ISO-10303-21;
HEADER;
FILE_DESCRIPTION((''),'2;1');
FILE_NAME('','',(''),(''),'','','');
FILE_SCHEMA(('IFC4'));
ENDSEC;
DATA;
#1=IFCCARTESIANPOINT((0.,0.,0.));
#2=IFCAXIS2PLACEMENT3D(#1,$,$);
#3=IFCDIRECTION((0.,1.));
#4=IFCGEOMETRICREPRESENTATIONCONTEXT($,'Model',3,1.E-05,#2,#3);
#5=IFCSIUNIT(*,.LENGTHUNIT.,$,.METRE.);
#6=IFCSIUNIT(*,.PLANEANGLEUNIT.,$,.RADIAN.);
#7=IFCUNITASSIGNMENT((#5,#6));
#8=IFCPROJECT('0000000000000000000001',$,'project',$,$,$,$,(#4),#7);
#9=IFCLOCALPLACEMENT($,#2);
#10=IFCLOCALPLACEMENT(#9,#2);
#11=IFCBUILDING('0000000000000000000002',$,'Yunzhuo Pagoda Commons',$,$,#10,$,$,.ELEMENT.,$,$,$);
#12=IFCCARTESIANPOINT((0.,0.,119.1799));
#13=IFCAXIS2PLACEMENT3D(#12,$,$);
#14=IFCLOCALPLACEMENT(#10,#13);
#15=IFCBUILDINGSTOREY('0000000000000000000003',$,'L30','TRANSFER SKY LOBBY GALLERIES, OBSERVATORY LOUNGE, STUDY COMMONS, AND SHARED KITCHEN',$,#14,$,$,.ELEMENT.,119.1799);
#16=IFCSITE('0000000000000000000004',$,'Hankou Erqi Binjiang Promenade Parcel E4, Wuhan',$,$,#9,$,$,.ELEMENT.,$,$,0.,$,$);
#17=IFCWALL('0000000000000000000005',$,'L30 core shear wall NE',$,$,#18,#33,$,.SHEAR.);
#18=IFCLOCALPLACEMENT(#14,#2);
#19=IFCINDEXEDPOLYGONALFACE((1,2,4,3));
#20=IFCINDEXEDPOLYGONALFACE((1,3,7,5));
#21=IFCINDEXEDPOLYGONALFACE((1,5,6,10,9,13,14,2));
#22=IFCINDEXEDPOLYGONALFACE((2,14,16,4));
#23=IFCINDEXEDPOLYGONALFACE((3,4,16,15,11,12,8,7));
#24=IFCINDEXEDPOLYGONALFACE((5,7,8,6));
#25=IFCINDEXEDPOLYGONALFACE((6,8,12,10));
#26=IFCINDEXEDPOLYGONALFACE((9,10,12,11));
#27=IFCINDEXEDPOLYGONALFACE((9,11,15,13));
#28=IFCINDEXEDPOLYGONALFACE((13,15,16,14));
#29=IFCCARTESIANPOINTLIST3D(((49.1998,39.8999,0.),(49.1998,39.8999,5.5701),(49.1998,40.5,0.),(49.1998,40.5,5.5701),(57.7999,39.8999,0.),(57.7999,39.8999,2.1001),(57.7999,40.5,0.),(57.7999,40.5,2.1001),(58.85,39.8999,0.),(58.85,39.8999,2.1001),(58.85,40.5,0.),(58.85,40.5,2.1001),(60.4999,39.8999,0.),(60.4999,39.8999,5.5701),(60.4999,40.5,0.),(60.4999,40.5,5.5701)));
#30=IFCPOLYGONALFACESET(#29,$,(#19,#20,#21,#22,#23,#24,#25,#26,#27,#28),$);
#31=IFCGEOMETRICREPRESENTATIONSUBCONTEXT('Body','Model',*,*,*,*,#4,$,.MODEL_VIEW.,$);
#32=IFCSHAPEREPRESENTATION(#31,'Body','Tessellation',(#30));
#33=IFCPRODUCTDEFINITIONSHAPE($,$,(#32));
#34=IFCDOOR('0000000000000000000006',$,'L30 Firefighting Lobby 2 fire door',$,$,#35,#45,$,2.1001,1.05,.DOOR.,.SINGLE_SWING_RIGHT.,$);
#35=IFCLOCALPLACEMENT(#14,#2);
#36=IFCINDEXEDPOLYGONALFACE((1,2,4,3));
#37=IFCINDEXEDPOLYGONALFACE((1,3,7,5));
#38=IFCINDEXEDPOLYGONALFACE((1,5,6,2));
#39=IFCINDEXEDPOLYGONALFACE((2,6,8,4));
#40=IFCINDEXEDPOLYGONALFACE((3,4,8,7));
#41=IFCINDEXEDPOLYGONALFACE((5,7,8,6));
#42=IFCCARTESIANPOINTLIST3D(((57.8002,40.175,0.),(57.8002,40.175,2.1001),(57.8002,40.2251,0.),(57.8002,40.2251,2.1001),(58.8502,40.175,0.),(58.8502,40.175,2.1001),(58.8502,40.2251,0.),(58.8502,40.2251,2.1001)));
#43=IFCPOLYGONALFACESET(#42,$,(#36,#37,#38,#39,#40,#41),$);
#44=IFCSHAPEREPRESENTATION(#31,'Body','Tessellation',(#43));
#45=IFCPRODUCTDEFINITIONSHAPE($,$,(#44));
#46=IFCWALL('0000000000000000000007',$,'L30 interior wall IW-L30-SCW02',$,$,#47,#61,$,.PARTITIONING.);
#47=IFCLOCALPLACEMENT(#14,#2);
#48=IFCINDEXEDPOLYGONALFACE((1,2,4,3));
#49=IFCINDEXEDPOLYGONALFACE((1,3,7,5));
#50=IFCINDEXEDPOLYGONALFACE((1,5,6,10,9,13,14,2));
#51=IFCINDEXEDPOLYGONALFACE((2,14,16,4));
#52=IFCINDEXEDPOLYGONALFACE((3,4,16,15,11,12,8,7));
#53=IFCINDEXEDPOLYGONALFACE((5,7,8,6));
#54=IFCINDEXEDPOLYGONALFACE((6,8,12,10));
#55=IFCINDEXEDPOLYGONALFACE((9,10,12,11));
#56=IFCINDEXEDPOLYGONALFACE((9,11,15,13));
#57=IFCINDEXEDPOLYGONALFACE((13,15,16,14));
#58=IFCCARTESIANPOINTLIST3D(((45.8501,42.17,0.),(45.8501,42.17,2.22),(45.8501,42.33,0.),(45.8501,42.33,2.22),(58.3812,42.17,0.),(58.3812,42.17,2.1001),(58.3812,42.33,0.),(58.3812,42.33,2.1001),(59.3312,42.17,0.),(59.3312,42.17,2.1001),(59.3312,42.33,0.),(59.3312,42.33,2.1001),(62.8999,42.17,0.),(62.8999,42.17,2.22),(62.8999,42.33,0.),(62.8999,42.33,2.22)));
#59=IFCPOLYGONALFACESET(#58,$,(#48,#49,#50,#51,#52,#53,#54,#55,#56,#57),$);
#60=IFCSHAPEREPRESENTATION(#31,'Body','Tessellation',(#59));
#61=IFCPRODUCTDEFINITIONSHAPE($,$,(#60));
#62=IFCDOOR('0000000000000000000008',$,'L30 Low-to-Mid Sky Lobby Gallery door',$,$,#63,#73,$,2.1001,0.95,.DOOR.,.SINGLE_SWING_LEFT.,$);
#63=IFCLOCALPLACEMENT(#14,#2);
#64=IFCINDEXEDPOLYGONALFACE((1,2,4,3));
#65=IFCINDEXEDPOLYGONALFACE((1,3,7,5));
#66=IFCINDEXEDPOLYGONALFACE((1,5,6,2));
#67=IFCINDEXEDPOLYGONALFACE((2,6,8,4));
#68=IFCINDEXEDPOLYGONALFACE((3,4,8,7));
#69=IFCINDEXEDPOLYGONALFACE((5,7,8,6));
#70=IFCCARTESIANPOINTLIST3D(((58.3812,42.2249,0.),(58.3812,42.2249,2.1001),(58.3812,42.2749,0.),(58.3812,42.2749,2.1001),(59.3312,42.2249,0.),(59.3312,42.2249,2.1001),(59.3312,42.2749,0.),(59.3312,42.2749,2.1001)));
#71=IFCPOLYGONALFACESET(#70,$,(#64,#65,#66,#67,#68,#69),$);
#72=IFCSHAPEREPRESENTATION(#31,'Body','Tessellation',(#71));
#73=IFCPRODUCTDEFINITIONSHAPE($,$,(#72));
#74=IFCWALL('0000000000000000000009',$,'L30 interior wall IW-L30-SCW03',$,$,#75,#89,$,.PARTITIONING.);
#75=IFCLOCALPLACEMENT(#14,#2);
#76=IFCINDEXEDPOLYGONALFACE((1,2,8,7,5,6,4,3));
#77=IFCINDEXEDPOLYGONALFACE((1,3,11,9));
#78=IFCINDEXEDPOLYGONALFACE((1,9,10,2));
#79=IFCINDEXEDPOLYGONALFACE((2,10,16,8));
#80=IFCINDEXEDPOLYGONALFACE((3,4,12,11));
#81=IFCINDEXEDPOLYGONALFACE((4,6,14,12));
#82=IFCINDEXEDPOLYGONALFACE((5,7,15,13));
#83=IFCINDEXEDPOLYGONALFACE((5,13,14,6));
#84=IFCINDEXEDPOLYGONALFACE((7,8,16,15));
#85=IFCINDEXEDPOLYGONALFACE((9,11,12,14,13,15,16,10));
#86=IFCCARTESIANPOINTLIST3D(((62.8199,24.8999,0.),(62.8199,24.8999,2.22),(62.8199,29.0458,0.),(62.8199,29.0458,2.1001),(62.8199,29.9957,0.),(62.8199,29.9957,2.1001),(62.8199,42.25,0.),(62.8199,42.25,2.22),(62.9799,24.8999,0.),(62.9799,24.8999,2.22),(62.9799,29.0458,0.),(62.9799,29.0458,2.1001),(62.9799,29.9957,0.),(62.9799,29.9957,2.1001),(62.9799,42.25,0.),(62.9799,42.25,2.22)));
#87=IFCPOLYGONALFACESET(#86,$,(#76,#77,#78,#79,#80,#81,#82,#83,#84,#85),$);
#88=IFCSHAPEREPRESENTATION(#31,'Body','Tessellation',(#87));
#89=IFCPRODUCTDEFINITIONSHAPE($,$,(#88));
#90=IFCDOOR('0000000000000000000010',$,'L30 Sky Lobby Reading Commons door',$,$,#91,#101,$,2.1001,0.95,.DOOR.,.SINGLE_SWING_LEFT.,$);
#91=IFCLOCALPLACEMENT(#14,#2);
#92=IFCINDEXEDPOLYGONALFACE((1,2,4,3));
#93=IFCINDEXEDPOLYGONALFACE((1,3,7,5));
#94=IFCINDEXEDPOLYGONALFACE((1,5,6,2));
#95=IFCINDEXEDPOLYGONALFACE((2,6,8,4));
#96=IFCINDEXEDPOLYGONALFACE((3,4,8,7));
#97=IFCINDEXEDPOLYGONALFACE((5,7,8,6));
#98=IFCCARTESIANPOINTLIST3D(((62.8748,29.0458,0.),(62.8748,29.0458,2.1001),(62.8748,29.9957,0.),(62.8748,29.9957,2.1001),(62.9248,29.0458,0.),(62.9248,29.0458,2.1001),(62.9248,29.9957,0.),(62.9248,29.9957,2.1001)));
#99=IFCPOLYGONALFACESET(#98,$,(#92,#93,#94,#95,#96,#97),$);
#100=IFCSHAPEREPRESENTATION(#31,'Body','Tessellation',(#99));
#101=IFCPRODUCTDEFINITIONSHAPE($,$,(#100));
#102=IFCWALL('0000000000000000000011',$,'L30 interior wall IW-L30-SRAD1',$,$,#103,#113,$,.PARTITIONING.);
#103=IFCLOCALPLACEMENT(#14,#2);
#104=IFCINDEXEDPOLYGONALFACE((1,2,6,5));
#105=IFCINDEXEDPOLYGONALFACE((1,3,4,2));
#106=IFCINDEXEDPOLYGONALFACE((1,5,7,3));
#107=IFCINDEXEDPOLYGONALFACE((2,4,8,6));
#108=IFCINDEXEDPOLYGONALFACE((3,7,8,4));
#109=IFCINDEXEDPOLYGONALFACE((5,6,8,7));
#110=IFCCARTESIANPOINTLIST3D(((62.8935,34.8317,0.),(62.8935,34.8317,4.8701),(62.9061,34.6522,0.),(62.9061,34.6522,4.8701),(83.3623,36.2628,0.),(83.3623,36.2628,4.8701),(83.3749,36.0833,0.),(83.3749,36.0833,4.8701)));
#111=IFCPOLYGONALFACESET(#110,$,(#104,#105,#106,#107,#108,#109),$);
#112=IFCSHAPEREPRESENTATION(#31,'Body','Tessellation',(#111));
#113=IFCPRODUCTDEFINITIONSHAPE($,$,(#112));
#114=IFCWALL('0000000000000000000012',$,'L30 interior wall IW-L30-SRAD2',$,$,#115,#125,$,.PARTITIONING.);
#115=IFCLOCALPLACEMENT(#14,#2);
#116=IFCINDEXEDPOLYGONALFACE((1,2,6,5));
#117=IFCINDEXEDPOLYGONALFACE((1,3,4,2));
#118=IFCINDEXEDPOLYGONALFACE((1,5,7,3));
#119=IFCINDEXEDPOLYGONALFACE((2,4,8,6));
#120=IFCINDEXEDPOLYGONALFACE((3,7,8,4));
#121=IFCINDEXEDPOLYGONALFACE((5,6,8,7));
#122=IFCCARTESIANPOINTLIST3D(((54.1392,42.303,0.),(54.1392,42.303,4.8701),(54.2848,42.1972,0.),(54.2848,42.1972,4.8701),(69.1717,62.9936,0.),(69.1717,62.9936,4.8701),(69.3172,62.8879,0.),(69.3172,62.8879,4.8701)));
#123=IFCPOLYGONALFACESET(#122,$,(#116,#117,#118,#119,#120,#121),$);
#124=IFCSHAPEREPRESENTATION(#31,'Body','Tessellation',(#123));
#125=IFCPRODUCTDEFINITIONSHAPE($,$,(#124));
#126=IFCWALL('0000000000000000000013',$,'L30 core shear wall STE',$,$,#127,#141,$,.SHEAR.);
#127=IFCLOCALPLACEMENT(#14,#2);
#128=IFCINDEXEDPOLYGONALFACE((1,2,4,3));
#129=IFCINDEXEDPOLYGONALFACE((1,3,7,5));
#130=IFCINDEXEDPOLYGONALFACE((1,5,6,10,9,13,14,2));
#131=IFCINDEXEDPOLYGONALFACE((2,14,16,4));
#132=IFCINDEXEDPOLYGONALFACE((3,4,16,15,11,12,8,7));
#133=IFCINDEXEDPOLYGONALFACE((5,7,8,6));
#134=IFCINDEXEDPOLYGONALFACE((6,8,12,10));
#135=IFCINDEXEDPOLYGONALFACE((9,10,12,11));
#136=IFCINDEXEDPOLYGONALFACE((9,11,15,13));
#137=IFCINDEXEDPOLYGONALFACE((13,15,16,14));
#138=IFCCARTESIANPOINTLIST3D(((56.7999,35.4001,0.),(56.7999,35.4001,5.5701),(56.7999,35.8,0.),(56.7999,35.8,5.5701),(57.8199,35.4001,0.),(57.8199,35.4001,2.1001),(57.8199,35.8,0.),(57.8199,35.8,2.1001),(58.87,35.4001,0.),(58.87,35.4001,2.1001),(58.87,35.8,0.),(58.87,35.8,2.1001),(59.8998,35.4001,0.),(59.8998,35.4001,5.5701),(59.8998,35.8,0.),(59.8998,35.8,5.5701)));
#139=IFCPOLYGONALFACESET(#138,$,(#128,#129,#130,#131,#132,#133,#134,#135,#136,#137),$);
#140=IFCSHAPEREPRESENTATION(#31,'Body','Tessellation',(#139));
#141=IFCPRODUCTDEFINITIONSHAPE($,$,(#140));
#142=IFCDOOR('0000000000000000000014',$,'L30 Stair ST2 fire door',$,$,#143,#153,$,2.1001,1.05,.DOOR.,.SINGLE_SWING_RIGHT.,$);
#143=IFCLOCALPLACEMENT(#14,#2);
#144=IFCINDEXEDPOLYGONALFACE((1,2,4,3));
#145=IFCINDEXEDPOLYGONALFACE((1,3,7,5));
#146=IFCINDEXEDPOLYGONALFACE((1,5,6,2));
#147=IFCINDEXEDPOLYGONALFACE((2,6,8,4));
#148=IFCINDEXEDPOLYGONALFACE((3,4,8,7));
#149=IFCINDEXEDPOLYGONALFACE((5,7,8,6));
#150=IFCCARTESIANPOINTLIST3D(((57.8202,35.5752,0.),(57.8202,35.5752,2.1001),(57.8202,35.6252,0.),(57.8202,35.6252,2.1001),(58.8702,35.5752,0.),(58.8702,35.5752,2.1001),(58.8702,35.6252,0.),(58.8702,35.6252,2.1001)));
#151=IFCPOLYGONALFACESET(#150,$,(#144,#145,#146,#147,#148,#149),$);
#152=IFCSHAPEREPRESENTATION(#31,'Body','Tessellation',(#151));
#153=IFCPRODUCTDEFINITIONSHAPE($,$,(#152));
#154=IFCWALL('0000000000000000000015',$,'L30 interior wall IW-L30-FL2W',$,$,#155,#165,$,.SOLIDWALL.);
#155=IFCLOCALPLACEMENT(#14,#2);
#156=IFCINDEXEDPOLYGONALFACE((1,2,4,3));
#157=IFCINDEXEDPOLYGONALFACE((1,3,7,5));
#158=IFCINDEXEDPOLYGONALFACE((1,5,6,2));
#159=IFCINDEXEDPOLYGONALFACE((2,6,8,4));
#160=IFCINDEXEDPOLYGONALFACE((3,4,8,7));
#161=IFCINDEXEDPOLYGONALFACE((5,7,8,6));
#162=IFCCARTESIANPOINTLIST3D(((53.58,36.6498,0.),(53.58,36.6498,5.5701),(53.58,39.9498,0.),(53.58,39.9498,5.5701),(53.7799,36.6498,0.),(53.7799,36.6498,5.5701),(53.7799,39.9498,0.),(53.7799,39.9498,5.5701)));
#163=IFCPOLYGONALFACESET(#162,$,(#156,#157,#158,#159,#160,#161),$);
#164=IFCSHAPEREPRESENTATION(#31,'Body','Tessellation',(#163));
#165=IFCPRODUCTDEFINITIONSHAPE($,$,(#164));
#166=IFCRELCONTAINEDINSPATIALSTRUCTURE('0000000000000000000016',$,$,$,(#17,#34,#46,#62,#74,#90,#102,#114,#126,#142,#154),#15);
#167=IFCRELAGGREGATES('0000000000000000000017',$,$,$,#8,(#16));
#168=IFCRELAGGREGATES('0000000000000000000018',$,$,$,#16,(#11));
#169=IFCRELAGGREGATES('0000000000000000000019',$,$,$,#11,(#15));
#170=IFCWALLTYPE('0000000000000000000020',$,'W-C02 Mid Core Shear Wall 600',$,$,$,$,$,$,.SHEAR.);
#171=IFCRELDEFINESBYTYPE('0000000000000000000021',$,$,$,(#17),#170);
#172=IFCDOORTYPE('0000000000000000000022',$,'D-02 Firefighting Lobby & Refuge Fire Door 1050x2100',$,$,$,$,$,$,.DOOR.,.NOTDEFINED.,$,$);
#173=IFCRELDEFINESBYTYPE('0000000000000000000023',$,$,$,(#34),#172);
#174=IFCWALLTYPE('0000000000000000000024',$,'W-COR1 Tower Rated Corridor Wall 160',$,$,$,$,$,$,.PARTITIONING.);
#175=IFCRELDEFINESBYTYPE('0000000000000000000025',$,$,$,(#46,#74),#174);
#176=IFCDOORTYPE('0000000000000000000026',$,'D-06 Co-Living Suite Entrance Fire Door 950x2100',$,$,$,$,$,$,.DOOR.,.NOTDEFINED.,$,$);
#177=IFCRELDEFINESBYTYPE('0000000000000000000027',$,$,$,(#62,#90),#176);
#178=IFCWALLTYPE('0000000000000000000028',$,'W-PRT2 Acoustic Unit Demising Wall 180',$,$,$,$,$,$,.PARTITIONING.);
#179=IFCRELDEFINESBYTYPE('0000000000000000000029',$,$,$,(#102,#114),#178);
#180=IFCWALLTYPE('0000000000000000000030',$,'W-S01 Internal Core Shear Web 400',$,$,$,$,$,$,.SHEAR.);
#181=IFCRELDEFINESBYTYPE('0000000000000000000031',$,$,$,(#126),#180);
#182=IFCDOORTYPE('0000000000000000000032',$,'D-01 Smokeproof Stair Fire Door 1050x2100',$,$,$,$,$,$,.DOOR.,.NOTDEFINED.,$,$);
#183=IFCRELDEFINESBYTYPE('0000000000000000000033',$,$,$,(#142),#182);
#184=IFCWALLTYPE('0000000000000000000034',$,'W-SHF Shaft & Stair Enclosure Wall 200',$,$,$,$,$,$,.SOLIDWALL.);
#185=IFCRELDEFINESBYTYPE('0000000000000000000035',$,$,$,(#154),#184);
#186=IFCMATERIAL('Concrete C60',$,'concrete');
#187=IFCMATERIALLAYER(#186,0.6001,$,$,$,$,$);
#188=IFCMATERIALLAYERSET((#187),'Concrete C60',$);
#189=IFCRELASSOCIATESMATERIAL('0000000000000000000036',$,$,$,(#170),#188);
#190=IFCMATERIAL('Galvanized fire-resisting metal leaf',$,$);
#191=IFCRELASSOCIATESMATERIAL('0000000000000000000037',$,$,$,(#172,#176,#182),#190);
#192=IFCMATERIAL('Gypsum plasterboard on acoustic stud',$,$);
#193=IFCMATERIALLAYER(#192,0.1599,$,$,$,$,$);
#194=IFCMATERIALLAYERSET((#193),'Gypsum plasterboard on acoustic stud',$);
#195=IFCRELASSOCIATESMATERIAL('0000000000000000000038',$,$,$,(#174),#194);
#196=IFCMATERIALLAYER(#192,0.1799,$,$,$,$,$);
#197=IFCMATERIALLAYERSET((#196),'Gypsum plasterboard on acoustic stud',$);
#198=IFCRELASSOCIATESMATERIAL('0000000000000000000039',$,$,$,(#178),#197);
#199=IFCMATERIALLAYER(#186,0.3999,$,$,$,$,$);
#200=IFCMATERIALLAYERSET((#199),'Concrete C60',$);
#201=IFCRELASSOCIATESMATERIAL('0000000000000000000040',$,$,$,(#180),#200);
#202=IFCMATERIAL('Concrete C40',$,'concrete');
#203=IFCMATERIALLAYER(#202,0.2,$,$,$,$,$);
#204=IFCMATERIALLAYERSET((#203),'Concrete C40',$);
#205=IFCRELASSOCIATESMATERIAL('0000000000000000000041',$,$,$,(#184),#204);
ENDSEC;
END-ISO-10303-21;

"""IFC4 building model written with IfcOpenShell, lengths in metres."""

from ifc_helpers import new_model, si_unit, direction, frame, frame_2d, origin, origin_with_axes, place, context, subcontext, project, spatial, rectangle, extrude, source, transform, mapped, material, layer, layer_set, type_object, element, fill, save


model = new_model("IFC4")

# Units and contexts
model_context = context("Model", 3, precision=1e-05, world=origin(), true_north=direction((0.0, 1.0)))
body_context = subcontext(model_context, "Body", "Model", "MODEL_VIEW")
ifc_project = project(units=[si_unit("LENGTHUNIT", "METRE"), si_unit("PLANEANGLEUNIT", "RADIAN")], contexts=[model_context])

# Site, building, storey
site_placement = place(None, origin())
site = spatial("IfcSite", under=ifc_project, at=site_placement, Name="Hankou Erqi Binjiang Promenade Parcel E4, Wuhan", CompositionType="ELEMENT", RefElevation=0.0)
building_placement = place(site_placement, origin())
building = spatial("IfcBuilding", under=site, at=building_placement, Name="Yunzhuo Pagoda Commons", CompositionType="ELEMENT")
storey_placement = place(building_placement, frame((0.0, 0.0, 119.1799)))
storey = spatial("IfcBuildingStorey", under=building, at=storey_placement, Name="L30", Description="TRANSFER SKY LOBBY GALLERIES, OBSERVATORY LOUNGE, STUDY COMMONS, AND SHARED KITCHEN", CompositionType="ELEMENT", Elevation=119.1799)

# Walls, openings, doors
ifc_material_1 = material(Name="Concrete C60", Category="concrete")
ifc_layer_1 = layer(ifc_material_1, 0.6001)
ifc_layer_set_1 = layer_set([ifc_layer_1], Name="Concrete C60")
wall_type_1 = type_object("IfcWallType", Name="W-C02 Mid Core Shear Wall 600", PredefinedType="SHEAR", material=ifc_layer_set_1)
wall_1_placement = place(storey_placement, frame((49.2, 40.2, 0.0), z_axis=(0.0, 0.0, 1.0), x_axis=(1.0, 0.0, 0.0)))
wall_1 = element("IfcWall", 1, at=wall_1_placement, inside=storey, type_object=wall_type_1, Name="L30 core shear wall NE", PredefinedType="SHEAR", context=body_context, shape_type="SweptSolid", body=[
    extrude(rectangle(XDim=11.3, YDim=0.6001, at=frame_2d((5.6499, 0.0))), origin(), (0.0, 0.0, 1.0), 5.5701),
])
opening_1_placement = place(wall_1_placement, frame((8.6001, 0.0, 0.0)))
opening_1 = element("IfcOpeningElement", 2, at=opening_1_placement, cuts=wall_1, PredefinedType="OPENING", context=body_context, shape_type="SweptSolid", body=[
    extrude(rectangle(XDim=1.05, YDim=2.1001, at=frame_2d((0.5249, 1.05))), frame((0.0, 0.3101, 0.0), z_axis=(0.0, -1.0, 0.0), x_axis=(1.0, 0.0, 0.0)), (0.0, 0.0, 1.0), 0.6201),
])
ifc_material_2 = material(Name="Galvanized fire-resisting metal leaf")
door_type_1 = type_object("IfcDoorType", Name="D-02 Firefighting Lobby & Refuge Fire Door 1050x2100", OperationType="NOTDEFINED", PredefinedType="DOOR", material=ifc_material_2)
shared_shape_1 = source(origin(), body_context, "Body", "SweptSolid", [
    extrude(rectangle(XDim=1.05, YDim=2.1001, at=frame_2d((0.5249, 1.05))), frame((0.0, 0.0249, 0.0), z_axis=(0.0, -1.0, 0.0), x_axis=(1.0, 0.0, 0.0)), (0.0, 0.0, 1.0), 0.05),
])
door_1_placement = place(opening_1_placement, frame((1.05, 0.0, 0.0), z_axis=(0.0, 0.0, 1.0), x_axis=(-1.0, 0.0, 0.0)))
door_1 = element("IfcDoor", 3, at=door_1_placement, inside=storey, type_object=door_type_1, Name="L30 Firefighting Lobby 2 fire door", OperationType="SINGLE_SWING_RIGHT", OverallHeight=2.1001, OverallWidth=1.05, PredefinedType="DOOR", context=body_context, shape_type="MappedRepresentation", body=[
    mapped(shared_shape_1, transform((0.0, 0.0, 0.0), scale=1.0)),
])
fill(opening_1, door_1)
ifc_material_3 = material(Name="Gypsum plasterboard on acoustic stud")
ifc_layer_2 = layer(ifc_material_3, 0.1599)
ifc_layer_set_2 = layer_set([ifc_layer_2], Name="Gypsum plasterboard on acoustic stud")
wall_type_2 = type_object("IfcWallType", Name="W-COR1 Tower Rated Corridor Wall 160", PredefinedType="PARTITIONING", material=ifc_layer_set_2)
wall_2_placement = place(storey_placement, frame((45.8501, 42.25, 0.0), z_axis=(0.0, 0.0, 1.0), x_axis=(1.0, 0.0, 0.0)))
wall_2 = element("IfcWall", 4, at=wall_2_placement, inside=storey, type_object=wall_type_2, Name="L30 interior wall IW-L30-SCW02", PredefinedType="PARTITIONING", context=body_context, shape_type="SweptSolid", body=[
    extrude(rectangle(XDim=17.0498, YDim=0.1599, at=frame_2d((8.5249, 0.0))), origin(), (0.0, 0.0, 1.0), 2.22),
])
opening_2_placement = place(wall_2_placement, frame((12.531, 0.0, 0.0)))
opening_2 = element("IfcOpeningElement", 5, at=opening_2_placement, cuts=wall_2, PredefinedType="OPENING", context=body_context, shape_type="SweptSolid", body=[
    extrude(rectangle(XDim=0.95, YDim=2.1001, at=frame_2d((0.4751, 1.05))), frame((0.0, 0.0898, 0.0), z_axis=(0.0, -1.0, 0.0), x_axis=(1.0, 0.0, 0.0)), (0.0, 0.0, 1.0), 0.1799),
])
door_type_2 = type_object("IfcDoorType", Name="D-06 Co-Living Suite Entrance Fire Door 950x2100", OperationType="NOTDEFINED", PredefinedType="DOOR", material=ifc_material_2)
shared_shape_2 = source(origin(), body_context, "Body", "SweptSolid", [
    extrude(rectangle(XDim=0.95, YDim=2.1001, at=frame_2d((0.4751, 1.05))), frame((0.0, 0.0249, 0.0), z_axis=(0.0, -1.0, 0.0), x_axis=(1.0, 0.0, 0.0)), (0.0, 0.0, 1.0), 0.05),
])
door_2_placement = place(opening_2_placement, origin_with_axes())
door_2 = element("IfcDoor", 6, at=door_2_placement, inside=storey, type_object=door_type_2, Name="L30 Low-to-Mid Sky Lobby Gallery door", OperationType="SINGLE_SWING_LEFT", OverallHeight=2.1001, OverallWidth=0.95, PredefinedType="DOOR", context=body_context, shape_type="MappedRepresentation", body=[
    mapped(shared_shape_2, transform((0.0, 0.0, 0.0), scale=1.0)),
])
fill(opening_2, door_2)
wall_3_placement = place(storey_placement, frame((62.8999, 42.25, 0.0), z_axis=(0.0, 0.0, 1.0), x_axis=(0.0, -1.0, 0.0)))
wall_3 = element("IfcWall", 7, at=wall_3_placement, inside=storey, type_object=wall_type_2, Name="L30 interior wall IW-L30-SCW03", PredefinedType="PARTITIONING", context=body_context, shape_type="SweptSolid", body=[
    extrude(rectangle(XDim=17.3501, YDim=0.1599, at=frame_2d((8.675, 0.0))), origin(), (0.0, 0.0, 1.0), 2.22),
])
opening_3_placement = place(wall_3_placement, frame((12.2542, 0.0, 0.0)))
opening_3 = element("IfcOpeningElement", 8, at=opening_3_placement, cuts=wall_3, PredefinedType="OPENING", context=body_context, shape_type="SweptSolid", body=[
    extrude(rectangle(XDim=0.95, YDim=2.1001, at=frame_2d((0.4751, 1.05))), frame((0.0, 0.0898, 0.0), z_axis=(0.0, -1.0, 0.0), x_axis=(1.0, 0.0, 0.0)), (0.0, 0.0, 1.0), 0.1799),
])
door_3_placement = place(opening_3_placement, origin_with_axes())
door_3 = element("IfcDoor", 9, at=door_3_placement, inside=storey, type_object=door_type_2, Name="L30 Sky Lobby Reading Commons door", OperationType="SINGLE_SWING_LEFT", OverallHeight=2.1001, OverallWidth=0.95, PredefinedType="DOOR", context=body_context, shape_type="MappedRepresentation", body=[
    mapped(shared_shape_2, transform((0.0, 0.0, 0.0), scale=1.0)),
])
fill(opening_3, door_3)

# Walls
ifc_layer_3 = layer(ifc_material_3, 0.1799)
ifc_layer_set_3 = layer_set([ifc_layer_3], Name="Gypsum plasterboard on acoustic stud")
wall_type_3 = type_object("IfcWallType", Name="W-PRT2 Acoustic Unit Demising Wall 180", PredefinedType="PARTITIONING", material=ifc_layer_set_3)
wall_4_placement = place(storey_placement, frame((62.8999, 34.7419, 0.0), z_axis=(0.0, 0.0, 1.0), x_axis=(0.997565, 0.069749, 0.0)))
element("IfcWall", 10, at=wall_4_placement, inside=storey, type_object=wall_type_3, Name="L30 interior wall IW-L30-SRAD1", PredefinedType="PARTITIONING", context=body_context, shape_type="SweptSolid", body=[
    extrude(rectangle(XDim=20.5188, YDim=0.1799, at=frame_2d((10.2593, 0.0))), origin(), (0.0, 0.0, 1.0), 4.8701),
])
wall_5_placement = place(storey_placement, frame((54.2119, 42.25, 0.0), z_axis=(0.0, 0.0, 1.0), x_axis=(0.587781, 0.80902, 0.0)))
element("IfcWall", 11, at=wall_5_placement, inside=storey, type_object=wall_type_3, Name="L30 interior wall IW-L30-SRAD2", PredefinedType="PARTITIONING", context=body_context, shape_type="SweptSolid", body=[
    extrude(rectangle(XDim=25.575, YDim=0.1799, at=frame_2d((12.7876, 0.0))), origin(), (0.0, 0.0, 1.0), 4.8701),
])

# Wall, opening, door
ifc_layer_4 = layer(ifc_material_1, 0.3999)
ifc_layer_set_4 = layer_set([ifc_layer_4], Name="Concrete C60")
wall_type_4 = type_object("IfcWallType", Name="W-S01 Internal Core Shear Web 400", PredefinedType="SHEAR", material=ifc_layer_set_4)
wall_6_placement = place(storey_placement, frame((56.8, 35.6001, 0.0), z_axis=(0.0, 0.0, 1.0), x_axis=(1.0, 0.0, 0.0)))
wall_6 = element("IfcWall", 12, at=wall_6_placement, inside=storey, type_object=wall_type_4, Name="L30 core shear wall STE", PredefinedType="SHEAR", context=body_context, shape_type="SweptSolid", body=[
    extrude(rectangle(XDim=3.0999, YDim=0.3999, at=frame_2d((1.5498, 0.0))), origin(), (0.0, 0.0, 1.0), 5.5701),
])
opening_4_placement = place(wall_6_placement, frame((1.02, 0.0, 0.0)))
opening_4 = element("IfcOpeningElement", 13, at=opening_4_placement, cuts=wall_6, PredefinedType="OPENING", context=body_context, shape_type="SweptSolid", body=[
    extrude(rectangle(XDim=1.05, YDim=2.1001, at=frame_2d((0.5249, 1.05))), frame((0.0, 0.21, 0.0), z_axis=(0.0, -1.0, 0.0), x_axis=(1.0, 0.0, 0.0)), (0.0, 0.0, 1.0), 0.4199),
])
door_type_3 = type_object("IfcDoorType", Name="D-01 Smokeproof Stair Fire Door 1050x2100", OperationType="NOTDEFINED", PredefinedType="DOOR", material=ifc_material_2)
door_4_placement = place(opening_4_placement, frame((1.05, 0.0, 0.0), z_axis=(0.0, 0.0, 1.0), x_axis=(-1.0, 0.0, 0.0)))
door_4 = element("IfcDoor", 14, at=door_4_placement, inside=storey, type_object=door_type_3, Name="L30 Stair ST2 fire door", OperationType="SINGLE_SWING_RIGHT", OverallHeight=2.1001, OverallWidth=1.05, PredefinedType="DOOR", context=body_context, shape_type="MappedRepresentation", body=[
    mapped(shared_shape_1, transform((0.0, 0.0, 0.0), scale=1.0)),
])
fill(opening_4, door_4)

# Wall
ifc_material_4 = material(Name="Concrete C40", Category="concrete")
ifc_layer_5 = layer(ifc_material_4, 0.2)
ifc_layer_set_5 = layer_set([ifc_layer_5], Name="Concrete C40")
wall_type_5 = type_object("IfcWallType", Name="W-SHF Shaft & Stair Enclosure Wall 200", PredefinedType="SOLIDWALL", material=ifc_layer_set_5)
wall_7_placement = place(storey_placement, frame((53.6799, 36.6499, 0.0), z_axis=(0.0, 0.0, 1.0), x_axis=(0.0, 1.0, 0.0)))
element("IfcWall", 15, at=wall_7_placement, inside=storey, type_object=wall_type_5, Name="L30 interior wall IW-L30-FL2W", PredefinedType="SOLIDWALL", context=body_context, shape_type="SweptSolid", body=[
    extrude(rectangle(XDim=3.3, YDim=0.2, at=frame_2d((1.6499, 0.0))), origin(), (0.0, 0.0, 1.0), 5.5701),
])

save(model, "model.ifc")
